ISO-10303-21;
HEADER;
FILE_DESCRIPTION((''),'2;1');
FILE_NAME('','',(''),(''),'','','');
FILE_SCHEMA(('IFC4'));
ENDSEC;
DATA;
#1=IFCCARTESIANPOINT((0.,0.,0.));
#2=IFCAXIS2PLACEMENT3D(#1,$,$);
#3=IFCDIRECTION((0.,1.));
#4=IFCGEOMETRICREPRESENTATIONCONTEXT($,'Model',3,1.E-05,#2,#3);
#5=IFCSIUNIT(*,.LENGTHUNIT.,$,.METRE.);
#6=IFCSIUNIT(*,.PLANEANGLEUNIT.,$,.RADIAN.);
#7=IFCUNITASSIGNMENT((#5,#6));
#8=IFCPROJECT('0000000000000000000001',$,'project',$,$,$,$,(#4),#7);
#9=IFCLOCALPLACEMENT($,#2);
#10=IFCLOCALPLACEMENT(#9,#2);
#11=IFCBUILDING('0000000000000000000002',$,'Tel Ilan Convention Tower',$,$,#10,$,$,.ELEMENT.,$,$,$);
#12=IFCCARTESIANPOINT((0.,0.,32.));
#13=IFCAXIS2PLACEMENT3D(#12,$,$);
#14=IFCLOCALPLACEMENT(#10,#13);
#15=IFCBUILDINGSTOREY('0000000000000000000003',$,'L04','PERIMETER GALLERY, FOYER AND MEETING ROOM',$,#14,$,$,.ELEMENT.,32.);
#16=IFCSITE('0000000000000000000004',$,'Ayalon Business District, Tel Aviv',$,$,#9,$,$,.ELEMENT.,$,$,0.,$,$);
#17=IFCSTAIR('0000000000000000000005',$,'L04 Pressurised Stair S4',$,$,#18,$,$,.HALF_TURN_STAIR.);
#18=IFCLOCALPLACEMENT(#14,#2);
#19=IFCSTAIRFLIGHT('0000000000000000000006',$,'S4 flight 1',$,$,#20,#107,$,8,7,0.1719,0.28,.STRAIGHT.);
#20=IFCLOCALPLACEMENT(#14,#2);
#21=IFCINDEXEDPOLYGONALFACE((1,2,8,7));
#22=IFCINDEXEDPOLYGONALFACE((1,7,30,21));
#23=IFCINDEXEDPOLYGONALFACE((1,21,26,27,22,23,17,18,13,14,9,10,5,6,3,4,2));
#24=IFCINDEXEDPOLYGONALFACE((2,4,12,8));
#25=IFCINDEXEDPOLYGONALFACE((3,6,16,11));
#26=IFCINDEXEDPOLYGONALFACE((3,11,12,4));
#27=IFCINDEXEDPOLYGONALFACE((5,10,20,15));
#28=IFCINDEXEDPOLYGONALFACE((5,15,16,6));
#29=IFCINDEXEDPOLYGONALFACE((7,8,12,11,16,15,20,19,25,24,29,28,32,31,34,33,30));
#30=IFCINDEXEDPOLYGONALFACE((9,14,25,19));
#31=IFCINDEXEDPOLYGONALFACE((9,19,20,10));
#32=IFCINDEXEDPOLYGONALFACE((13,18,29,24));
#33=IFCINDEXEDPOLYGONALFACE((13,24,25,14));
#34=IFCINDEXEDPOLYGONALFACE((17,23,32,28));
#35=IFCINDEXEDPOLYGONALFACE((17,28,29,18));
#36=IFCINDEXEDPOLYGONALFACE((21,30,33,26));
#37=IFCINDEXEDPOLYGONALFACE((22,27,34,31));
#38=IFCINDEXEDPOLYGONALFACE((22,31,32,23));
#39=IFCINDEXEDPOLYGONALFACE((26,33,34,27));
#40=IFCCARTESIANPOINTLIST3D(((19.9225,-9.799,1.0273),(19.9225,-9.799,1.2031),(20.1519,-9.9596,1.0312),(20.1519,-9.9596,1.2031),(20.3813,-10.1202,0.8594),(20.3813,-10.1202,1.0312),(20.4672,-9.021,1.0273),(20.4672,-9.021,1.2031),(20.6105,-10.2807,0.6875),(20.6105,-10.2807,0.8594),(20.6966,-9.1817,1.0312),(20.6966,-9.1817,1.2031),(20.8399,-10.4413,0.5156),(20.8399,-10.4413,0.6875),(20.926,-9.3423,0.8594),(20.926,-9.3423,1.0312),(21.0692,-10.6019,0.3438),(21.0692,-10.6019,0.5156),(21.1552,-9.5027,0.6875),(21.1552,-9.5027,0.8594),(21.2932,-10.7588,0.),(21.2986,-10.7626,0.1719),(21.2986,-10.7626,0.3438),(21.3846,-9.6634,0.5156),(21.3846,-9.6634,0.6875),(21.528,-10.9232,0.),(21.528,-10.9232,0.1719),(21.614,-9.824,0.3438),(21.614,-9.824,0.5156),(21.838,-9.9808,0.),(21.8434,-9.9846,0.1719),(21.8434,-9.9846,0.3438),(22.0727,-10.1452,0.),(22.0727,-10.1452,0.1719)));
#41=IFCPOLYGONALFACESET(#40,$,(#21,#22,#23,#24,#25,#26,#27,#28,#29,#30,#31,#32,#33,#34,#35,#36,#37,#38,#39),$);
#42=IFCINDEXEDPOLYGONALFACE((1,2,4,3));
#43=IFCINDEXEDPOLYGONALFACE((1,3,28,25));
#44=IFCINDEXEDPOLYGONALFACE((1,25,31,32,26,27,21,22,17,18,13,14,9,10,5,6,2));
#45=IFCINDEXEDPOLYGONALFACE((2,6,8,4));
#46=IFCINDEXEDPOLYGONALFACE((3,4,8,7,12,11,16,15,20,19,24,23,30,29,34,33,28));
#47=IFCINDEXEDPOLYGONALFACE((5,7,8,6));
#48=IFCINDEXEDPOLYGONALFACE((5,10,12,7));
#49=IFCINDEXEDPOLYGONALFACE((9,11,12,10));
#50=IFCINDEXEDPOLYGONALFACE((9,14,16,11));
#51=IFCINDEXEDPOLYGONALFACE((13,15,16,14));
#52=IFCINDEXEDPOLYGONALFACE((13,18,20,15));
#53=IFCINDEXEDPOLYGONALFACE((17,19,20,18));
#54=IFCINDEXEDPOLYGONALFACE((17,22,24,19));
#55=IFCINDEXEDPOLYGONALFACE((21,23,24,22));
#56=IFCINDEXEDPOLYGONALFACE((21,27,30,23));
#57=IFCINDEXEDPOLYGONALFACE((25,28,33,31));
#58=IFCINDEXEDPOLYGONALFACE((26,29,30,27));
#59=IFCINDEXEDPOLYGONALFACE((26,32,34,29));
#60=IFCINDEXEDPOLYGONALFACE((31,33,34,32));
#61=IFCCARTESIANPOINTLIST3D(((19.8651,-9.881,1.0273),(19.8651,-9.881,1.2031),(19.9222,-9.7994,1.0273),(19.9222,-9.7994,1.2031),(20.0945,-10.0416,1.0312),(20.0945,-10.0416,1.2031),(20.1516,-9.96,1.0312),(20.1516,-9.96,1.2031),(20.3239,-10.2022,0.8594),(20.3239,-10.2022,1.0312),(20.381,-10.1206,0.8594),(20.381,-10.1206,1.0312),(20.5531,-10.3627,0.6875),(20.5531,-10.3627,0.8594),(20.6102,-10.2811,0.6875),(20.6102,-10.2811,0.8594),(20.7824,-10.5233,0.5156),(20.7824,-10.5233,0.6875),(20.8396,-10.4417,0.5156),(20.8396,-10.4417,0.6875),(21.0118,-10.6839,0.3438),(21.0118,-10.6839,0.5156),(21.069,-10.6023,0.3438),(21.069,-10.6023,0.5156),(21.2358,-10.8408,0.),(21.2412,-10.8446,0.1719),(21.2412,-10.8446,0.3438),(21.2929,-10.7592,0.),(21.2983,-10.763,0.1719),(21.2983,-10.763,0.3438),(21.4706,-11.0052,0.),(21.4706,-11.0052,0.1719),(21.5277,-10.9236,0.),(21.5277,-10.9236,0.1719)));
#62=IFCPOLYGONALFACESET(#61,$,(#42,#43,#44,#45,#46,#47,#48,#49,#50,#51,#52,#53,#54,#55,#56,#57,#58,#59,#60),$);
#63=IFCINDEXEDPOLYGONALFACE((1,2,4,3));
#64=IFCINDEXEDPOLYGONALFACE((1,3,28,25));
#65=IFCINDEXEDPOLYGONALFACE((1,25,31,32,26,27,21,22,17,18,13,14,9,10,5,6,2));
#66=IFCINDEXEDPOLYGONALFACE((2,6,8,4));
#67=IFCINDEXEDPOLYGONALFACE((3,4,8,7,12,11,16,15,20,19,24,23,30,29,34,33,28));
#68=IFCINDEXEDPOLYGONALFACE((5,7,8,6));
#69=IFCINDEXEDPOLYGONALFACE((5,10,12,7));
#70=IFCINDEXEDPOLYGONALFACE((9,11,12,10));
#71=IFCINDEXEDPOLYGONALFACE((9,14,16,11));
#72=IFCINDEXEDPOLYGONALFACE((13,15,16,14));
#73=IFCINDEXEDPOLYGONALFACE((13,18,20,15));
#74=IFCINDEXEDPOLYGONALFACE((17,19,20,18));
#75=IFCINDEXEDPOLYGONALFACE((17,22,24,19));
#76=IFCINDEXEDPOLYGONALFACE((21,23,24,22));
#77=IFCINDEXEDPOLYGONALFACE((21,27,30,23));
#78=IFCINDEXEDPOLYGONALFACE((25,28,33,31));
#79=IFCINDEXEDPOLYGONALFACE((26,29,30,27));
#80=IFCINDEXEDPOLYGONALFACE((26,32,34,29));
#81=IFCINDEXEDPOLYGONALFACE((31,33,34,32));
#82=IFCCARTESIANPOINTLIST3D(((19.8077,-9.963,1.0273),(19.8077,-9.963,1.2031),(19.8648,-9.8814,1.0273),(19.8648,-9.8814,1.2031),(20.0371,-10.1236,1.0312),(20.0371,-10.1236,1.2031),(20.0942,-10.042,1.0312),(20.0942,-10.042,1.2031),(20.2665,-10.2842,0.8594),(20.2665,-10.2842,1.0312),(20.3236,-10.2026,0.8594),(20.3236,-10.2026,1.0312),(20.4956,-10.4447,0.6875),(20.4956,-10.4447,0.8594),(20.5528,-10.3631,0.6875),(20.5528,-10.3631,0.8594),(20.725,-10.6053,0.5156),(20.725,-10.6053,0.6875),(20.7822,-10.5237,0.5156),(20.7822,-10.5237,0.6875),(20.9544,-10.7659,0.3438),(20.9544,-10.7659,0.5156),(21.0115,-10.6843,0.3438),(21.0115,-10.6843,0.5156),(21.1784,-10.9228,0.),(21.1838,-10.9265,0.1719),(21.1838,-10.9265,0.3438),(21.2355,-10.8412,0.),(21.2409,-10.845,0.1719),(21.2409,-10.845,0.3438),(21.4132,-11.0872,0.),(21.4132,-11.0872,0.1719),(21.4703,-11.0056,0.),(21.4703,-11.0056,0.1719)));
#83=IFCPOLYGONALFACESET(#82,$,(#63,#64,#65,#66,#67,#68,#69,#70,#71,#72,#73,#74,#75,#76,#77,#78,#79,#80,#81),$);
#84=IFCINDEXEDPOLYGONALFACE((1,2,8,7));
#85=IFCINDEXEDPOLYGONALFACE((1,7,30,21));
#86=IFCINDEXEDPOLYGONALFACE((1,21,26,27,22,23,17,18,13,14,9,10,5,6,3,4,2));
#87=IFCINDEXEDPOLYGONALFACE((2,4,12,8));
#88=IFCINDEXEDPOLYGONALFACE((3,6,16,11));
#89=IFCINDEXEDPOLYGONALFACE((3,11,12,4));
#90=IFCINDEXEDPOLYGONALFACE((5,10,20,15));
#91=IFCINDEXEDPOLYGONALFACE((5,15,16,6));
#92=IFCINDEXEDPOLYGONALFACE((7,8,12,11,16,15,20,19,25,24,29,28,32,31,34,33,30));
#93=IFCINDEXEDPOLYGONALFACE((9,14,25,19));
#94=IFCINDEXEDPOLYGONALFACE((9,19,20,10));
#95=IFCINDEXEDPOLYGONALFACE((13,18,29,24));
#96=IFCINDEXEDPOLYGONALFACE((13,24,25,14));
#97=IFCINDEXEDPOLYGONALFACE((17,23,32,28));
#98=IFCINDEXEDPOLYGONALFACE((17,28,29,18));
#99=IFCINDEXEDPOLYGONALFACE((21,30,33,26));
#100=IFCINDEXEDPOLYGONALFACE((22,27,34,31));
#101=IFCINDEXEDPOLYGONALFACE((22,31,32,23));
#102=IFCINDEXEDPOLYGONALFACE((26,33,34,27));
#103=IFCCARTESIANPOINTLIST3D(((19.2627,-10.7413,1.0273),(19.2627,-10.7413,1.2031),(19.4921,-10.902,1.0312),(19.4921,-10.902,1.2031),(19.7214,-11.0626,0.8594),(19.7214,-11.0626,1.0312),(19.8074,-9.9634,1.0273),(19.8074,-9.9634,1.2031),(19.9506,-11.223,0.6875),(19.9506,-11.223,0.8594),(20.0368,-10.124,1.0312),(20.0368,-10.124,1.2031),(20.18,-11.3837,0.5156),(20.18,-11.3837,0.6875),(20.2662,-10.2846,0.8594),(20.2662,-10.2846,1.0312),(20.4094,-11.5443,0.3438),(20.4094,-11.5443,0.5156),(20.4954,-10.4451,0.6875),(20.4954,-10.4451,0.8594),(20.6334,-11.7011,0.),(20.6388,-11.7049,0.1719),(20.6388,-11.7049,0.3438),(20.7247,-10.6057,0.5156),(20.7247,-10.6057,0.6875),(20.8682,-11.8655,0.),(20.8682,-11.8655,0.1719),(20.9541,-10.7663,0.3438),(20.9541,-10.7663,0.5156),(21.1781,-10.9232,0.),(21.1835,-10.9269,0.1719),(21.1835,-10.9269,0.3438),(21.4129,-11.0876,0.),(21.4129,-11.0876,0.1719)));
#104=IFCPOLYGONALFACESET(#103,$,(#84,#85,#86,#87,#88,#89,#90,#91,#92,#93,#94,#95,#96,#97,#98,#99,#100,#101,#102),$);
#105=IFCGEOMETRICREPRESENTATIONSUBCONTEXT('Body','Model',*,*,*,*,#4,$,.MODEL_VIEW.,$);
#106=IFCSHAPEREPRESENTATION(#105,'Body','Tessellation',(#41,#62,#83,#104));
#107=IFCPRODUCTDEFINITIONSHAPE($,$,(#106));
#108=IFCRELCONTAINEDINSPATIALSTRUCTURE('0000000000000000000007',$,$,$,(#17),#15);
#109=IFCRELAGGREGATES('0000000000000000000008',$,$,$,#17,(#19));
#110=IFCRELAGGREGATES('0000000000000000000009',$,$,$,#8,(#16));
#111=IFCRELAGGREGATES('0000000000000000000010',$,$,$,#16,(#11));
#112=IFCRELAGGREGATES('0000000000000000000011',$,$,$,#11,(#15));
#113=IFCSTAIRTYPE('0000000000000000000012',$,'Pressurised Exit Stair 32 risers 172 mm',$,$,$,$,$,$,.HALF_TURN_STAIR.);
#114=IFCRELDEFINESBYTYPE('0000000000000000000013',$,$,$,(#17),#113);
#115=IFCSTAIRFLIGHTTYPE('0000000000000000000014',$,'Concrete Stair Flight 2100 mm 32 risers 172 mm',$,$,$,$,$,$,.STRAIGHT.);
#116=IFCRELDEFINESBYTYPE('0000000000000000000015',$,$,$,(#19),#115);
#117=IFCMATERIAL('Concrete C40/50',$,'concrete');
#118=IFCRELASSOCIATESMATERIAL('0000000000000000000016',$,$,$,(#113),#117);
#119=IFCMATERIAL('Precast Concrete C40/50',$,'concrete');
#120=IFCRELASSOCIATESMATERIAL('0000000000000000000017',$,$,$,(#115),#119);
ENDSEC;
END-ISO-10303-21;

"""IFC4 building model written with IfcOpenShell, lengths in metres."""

from ifc_helpers import new_model, si_unit, direction, frame, origin, place, context, subcontext, project, spatial, polyline, outline, extrude, material, type_object, element, aggregate, save


model = new_model("IFC4")

# Units and contexts
model_context = context("Model", 3, precision=1e-05, world=origin(), true_north=direction((0.0, 1.0)))
body_context = subcontext(model_context, "Body", "Model", "MODEL_VIEW")
ifc_project = project(units=[si_unit("LENGTHUNIT", "METRE"), si_unit("PLANEANGLEUNIT", "RADIAN")], contexts=[model_context])

# Site, building, storey
site_placement = place(None, origin())
site = spatial("IfcSite", under=ifc_project, at=site_placement, Name="Ayalon Business District, Tel Aviv", CompositionType="ELEMENT", RefElevation=0.0)
building_placement = place(site_placement, origin())
building = spatial("IfcBuilding", under=site, at=building_placement, Name="Tel Ilan Convention Tower", CompositionType="ELEMENT")
storey_placement = place(building_placement, frame((0.0, 0.0, 32.0)))
storey = spatial("IfcBuildingStorey", under=building, at=storey_placement, Name="L04", Description="PERIMETER GALLERY, FOYER AND MEETING ROOM", CompositionType="ELEMENT", Elevation=32.0)

# Stair, stair flight
ifc_material_1 = material(Name="Concrete C40/50", Category="concrete")
stair_type = type_object("IfcStairType", Name="Pressurised Exit Stair 32 risers 172 mm", PredefinedType="HALF_TURN_STAIR", material=ifc_material_1)
ifc_material_2 = material(Name="Precast Concrete C40/50", Category="concrete")
stair_flight_type = type_object("IfcStairFlightType", Name="Concrete Stair Flight 2100 mm 32 risers 172 mm", PredefinedType="STRAIGHT", material=ifc_material_2)
stair_1_placement = place(storey_placement, origin())
stair_1 = element("IfcStair", 1, at=stair_1_placement, inside=storey, type_object=stair_type, Name="L04 Pressurised Stair S4", PredefinedType="HALF_TURN_STAIR")
stair_flight_1_placement = place(storey_placement, frame((21.4705, -11.0054, 0.0), z_axis=(0.0, 0.0, 1.0), x_axis=(-0.819152, 0.573576, 0.0)))
stair_flight_1 = element("IfcStairFlight", 2, at=stair_flight_1_placement, type_object=stair_flight_type, Name="S4 flight 1", NumberOfRisers=8, NumberOfTreads=7, PredefinedType="STRAIGHT", RiserHeight=0.1719, TreadLength=0.28, context=body_context, shape_type="SweptSolid", body=[
    extrude(outline(polyline([(0.0, 0.0), (0.0, 0.1719), (0.28, 0.1719), (0.28, 0.3438), (0.5601, 0.3438), (0.5601, 0.5156), (0.8401, 0.5156), (0.8401, 0.6875), (1.1201, 0.6875), (1.1201, 0.8594), (1.3999, 0.8594), (1.3999, 1.0312), (1.6799, 1.0312), (1.6799, 1.2031), (1.96, 1.2031), (1.96, 1.375), (1.96, 1.0273), (0.2866, 0.0), (0.0, 0.0)])), frame((0.0, -0.1003, 0.0), z_axis=(0.0, -1.0, 0.0), x_axis=(1.0, 0.0, 0.0)), (0.0, 0.0, 1.0), 0.9497),
    extrude(outline(polyline([(0.0, 0.0), (0.0, 0.1719), (0.28, 0.1719), (0.28, 0.3438), (0.5601, 0.3438), (0.5601, 0.5156), (0.8401, 0.5156), (0.8401, 0.6875), (1.1201, 0.6875), (1.1201, 0.8594), (1.3999, 0.8594), (1.3999, 1.0312), (1.6799, 1.0312), (1.6799, 1.2031), (1.96, 1.2031), (1.96, 1.375), (1.96, 1.0273), (0.2866, 0.0), (0.0, 0.0)])), frame((0.0, -0.0002, 0.0), z_axis=(0.0, -1.0, 0.0), x_axis=(1.0, 0.0, 0.0)), (0.0, 0.0, 1.0), 0.0996),
    extrude(outline(polyline([(0.0, 0.0), (0.0, 0.1719), (0.28, 0.1719), (0.28, 0.3438), (0.5601, 0.3438), (0.5601, 0.5156), (0.8401, 0.5156), (0.8401, 0.6875), (1.1201, 0.6875), (1.1201, 0.8594), (1.3999, 0.8594), (1.3999, 1.0312), (1.6799, 1.0312), (1.6799, 1.2031), (1.96, 1.2031), (1.96, 1.375), (1.96, 1.0273), (0.2866, 0.0), (0.0, 0.0)])), frame((0.0, 0.0999, 0.0), z_axis=(0.0, -1.0, 0.0), x_axis=(1.0, 0.0, 0.0)), (0.0, 0.0, 1.0), 0.0996),
    extrude(outline(polyline([(0.0, 0.0), (0.0, 0.1719), (0.28, 0.1719), (0.28, 0.3438), (0.5601, 0.3438), (0.5601, 0.5156), (0.8401, 0.5156), (0.8401, 0.6875), (1.1201, 0.6875), (1.1201, 0.8594), (1.3999, 0.8594), (1.3999, 1.0312), (1.6799, 1.0312), (1.6799, 1.2031), (1.96, 1.2031), (1.96, 1.375), (1.96, 1.0273), (0.2866, 0.0), (0.0, 0.0)])), frame((0.0, 1.05, 0.0), z_axis=(0.0, -1.0, 0.0), x_axis=(1.0, 0.0, 0.0)), (0.0, 0.0, 1.0), 0.9497),
])
aggregate(stair_1, [stair_flight_1])

save(model, "model.ifc")
